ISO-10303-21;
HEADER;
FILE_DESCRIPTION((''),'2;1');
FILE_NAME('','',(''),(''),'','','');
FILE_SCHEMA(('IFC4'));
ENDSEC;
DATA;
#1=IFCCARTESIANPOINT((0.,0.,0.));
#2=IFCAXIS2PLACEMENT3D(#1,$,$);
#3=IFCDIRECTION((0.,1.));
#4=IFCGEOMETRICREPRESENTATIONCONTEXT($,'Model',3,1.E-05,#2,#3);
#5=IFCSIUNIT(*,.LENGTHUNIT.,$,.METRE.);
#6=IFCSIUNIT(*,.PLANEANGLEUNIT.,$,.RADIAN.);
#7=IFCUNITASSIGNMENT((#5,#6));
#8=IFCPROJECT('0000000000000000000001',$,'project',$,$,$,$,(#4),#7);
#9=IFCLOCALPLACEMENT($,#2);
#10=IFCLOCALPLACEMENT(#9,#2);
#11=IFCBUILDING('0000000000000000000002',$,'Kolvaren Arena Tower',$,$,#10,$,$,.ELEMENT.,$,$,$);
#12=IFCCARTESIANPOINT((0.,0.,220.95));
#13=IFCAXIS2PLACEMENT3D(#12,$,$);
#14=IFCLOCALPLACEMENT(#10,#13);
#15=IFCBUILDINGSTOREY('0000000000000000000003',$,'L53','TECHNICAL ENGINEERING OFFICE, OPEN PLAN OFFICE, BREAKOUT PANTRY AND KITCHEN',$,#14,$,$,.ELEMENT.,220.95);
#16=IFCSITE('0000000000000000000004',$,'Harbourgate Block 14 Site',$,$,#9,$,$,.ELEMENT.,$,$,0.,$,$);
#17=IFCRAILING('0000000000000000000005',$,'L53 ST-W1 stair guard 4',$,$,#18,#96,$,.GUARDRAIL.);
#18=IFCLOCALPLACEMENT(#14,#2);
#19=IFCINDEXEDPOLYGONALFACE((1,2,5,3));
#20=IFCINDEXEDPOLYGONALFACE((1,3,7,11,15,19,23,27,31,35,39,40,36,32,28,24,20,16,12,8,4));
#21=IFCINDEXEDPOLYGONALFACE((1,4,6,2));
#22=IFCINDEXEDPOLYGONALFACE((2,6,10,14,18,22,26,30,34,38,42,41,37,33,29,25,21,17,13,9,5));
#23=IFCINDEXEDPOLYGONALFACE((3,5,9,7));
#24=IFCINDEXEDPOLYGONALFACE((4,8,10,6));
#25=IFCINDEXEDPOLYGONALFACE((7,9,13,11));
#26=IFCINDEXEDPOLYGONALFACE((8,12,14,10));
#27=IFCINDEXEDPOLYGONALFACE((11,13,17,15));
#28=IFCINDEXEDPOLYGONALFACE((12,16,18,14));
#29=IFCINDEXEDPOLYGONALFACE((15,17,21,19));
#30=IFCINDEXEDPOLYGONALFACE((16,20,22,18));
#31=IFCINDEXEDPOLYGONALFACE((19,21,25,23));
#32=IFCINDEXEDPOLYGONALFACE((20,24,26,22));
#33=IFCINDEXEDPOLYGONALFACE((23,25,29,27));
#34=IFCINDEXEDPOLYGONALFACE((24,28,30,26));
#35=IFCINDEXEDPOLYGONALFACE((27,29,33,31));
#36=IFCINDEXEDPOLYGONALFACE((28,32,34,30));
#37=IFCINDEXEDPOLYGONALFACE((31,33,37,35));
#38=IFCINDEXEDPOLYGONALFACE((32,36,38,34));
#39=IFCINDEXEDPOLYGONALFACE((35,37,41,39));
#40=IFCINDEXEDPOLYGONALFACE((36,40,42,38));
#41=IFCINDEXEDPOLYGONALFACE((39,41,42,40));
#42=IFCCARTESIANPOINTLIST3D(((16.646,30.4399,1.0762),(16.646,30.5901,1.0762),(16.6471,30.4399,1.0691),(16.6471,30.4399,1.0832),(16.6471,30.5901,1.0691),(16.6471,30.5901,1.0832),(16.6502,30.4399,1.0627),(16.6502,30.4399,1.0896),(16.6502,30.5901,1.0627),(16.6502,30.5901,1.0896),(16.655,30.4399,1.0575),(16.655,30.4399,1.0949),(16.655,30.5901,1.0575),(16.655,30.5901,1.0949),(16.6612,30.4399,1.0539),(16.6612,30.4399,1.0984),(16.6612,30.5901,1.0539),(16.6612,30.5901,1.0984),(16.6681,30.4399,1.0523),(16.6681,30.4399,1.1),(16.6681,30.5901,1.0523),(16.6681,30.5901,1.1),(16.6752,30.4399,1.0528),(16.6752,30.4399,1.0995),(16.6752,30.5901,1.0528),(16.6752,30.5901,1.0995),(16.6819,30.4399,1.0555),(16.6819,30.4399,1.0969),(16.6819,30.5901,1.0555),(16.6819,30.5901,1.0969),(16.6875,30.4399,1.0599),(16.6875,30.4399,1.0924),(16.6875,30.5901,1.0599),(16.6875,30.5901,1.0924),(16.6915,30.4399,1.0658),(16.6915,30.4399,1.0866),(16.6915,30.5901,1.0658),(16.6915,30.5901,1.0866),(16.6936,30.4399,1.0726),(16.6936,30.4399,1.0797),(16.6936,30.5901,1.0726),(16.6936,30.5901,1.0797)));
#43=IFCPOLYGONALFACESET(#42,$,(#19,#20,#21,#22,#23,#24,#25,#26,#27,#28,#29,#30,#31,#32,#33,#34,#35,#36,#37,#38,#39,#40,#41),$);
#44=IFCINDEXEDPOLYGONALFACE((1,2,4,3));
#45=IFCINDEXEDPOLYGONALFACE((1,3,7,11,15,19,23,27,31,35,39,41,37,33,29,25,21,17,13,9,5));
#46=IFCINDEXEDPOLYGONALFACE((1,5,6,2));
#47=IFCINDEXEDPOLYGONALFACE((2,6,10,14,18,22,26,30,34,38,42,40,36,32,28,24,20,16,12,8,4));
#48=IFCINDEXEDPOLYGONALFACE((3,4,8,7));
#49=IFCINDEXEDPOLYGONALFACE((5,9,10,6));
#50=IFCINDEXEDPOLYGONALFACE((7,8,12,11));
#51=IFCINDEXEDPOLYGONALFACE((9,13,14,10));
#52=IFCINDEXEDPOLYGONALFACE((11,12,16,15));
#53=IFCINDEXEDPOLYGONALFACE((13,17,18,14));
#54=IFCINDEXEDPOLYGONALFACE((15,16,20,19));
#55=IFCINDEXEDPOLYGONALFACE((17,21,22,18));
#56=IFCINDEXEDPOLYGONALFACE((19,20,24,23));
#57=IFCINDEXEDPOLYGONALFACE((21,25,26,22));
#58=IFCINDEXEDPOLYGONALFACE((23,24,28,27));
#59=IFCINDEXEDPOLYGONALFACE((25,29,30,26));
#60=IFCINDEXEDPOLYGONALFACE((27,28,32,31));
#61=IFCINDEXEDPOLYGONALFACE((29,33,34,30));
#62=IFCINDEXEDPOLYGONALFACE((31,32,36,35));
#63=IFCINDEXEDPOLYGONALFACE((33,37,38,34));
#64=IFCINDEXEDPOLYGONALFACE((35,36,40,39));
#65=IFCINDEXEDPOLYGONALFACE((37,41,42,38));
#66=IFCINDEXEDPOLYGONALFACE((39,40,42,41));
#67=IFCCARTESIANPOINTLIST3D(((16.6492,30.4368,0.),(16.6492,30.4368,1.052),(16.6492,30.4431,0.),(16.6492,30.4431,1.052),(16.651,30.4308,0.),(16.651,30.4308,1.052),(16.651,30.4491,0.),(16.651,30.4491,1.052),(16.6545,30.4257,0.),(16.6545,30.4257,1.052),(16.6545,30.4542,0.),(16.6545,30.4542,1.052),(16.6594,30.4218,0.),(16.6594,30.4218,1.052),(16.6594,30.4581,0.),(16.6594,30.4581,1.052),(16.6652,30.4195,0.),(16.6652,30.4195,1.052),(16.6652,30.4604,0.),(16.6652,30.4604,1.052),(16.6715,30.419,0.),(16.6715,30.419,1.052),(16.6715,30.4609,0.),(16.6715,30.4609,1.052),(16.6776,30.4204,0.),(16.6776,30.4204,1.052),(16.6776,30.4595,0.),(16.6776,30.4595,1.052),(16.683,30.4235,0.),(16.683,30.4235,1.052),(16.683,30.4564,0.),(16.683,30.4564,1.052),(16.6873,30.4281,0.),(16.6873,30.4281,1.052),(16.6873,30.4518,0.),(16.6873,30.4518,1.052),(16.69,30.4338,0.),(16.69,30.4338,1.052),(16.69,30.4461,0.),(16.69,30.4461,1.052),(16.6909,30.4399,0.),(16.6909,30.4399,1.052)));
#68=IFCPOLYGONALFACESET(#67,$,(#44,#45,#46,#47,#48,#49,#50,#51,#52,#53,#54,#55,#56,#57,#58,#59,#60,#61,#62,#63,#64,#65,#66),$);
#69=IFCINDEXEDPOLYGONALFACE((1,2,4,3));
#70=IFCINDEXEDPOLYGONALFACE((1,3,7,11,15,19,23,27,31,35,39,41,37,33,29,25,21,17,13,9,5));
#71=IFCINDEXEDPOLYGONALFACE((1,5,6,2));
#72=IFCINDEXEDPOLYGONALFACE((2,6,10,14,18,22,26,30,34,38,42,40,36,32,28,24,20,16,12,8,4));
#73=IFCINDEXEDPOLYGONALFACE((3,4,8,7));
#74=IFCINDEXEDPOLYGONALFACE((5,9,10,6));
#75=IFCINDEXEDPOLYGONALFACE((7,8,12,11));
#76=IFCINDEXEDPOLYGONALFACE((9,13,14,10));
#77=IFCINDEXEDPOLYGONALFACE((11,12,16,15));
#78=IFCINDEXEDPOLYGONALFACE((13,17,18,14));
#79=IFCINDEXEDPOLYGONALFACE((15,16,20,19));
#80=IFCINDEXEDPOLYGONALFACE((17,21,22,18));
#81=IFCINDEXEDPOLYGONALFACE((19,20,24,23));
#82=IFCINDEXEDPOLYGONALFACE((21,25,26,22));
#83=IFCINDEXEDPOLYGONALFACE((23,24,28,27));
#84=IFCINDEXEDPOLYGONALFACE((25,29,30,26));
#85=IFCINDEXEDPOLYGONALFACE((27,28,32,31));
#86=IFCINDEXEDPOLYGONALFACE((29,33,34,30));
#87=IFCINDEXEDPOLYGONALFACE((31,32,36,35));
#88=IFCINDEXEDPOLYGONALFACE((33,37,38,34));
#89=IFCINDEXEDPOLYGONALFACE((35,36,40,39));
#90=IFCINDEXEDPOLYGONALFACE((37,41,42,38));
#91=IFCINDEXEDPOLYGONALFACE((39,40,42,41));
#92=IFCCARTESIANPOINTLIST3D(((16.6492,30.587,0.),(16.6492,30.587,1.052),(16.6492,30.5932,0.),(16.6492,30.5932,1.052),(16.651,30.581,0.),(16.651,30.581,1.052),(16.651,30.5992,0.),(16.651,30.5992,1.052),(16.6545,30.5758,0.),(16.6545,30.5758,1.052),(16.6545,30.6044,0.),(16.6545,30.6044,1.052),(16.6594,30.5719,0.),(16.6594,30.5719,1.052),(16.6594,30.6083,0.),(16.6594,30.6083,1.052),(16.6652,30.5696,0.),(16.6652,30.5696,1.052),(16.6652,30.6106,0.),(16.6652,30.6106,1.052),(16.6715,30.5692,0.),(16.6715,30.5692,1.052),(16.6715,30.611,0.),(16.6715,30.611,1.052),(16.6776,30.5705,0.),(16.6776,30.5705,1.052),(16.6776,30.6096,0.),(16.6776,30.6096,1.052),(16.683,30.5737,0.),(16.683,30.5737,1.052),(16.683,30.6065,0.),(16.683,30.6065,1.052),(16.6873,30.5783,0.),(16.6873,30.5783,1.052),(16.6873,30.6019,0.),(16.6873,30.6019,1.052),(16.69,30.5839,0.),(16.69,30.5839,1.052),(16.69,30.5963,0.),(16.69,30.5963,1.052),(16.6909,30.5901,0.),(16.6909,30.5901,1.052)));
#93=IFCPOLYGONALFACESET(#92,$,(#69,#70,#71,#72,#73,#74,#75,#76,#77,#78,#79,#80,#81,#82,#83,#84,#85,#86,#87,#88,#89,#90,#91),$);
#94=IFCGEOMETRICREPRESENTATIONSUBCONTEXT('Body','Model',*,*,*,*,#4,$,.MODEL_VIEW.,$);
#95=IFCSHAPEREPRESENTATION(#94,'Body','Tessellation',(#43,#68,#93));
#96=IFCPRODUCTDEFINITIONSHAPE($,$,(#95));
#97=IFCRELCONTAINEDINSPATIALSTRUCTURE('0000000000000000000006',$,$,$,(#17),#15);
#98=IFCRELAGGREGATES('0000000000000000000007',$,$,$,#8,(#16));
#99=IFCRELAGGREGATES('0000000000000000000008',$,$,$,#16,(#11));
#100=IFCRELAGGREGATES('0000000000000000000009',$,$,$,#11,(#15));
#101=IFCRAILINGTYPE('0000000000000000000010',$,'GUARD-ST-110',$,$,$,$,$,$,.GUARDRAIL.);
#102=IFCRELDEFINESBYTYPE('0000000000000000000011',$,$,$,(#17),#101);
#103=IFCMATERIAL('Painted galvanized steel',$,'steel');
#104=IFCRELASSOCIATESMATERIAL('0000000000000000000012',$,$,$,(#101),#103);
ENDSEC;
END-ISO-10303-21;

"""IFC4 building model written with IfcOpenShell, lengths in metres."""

from ifc_helpers import new_model, si_unit, direction, frame, origin, origin_2d, place, context, subcontext, project, spatial, circle, extrude, material, type_object, element, save


model = new_model("IFC4")

# Units and contexts
model_context = context("Model", 3, precision=1e-05, world=origin(), true_north=direction((0.0, 1.0)))
body_context = subcontext(model_context, "Body", "Model", "MODEL_VIEW")
ifc_project = project(units=[si_unit("LENGTHUNIT", "METRE"), si_unit("PLANEANGLEUNIT", "RADIAN")], contexts=[model_context])

# Site, building, storey
site_placement = place(None, origin())
site = spatial("IfcSite", under=ifc_project, at=site_placement, Name="Harbourgate Block 14 Site", CompositionType="ELEMENT", RefElevation=0.0)
building_placement = place(site_placement, origin())
building = spatial("IfcBuilding", under=site, at=building_placement, Name="Kolvaren Arena Tower", CompositionType="ELEMENT")
storey_placement = place(building_placement, frame((0.0, 0.0, 220.95)))
storey = spatial("IfcBuildingStorey", under=building, at=storey_placement, Name="L53", Description="TECHNICAL ENGINEERING OFFICE, OPEN PLAN OFFICE, BREAKOUT PANTRY AND KITCHEN", CompositionType="ELEMENT", Elevation=220.95)

# Railing
ifc_material_1 = material(Name="Painted galvanized steel", Category="steel")
railing_type_1 = type_object("IfcRailingType", Name="GUARD-ST-110", PredefinedType="GUARDRAIL", material=ifc_material_1)
railing_1_placement = place(storey_placement, frame((16.6699, 30.4399, 0.0)))
element("IfcRailing", 1, at=railing_1_placement, inside=storey, type_object=railing_type_1, Name="L53 ST-W1 stair guard 4", PredefinedType="GUARDRAIL", context=body_context, shape_type="SweptSolid", body=[
    extrude(circle(Radius=0.0239, at=origin_2d()), frame((0.0, 0.0, 1.0762), z_axis=(0.0, 1.0, 0.0), x_axis=(-1.0, 0.0, 0.0)), (0.0, 0.0, 1.0), 0.1501),
    extrude(circle(Radius=0.021, at=origin_2d()), origin(), (0.0, 0.0, 1.0), 1.052),
    extrude(circle(Radius=0.021, at=origin_2d()), frame((0.0, 0.1501, 0.0)), (0.0, 0.0, 1.0), 1.052),
])

save(model, "model.ifc")
